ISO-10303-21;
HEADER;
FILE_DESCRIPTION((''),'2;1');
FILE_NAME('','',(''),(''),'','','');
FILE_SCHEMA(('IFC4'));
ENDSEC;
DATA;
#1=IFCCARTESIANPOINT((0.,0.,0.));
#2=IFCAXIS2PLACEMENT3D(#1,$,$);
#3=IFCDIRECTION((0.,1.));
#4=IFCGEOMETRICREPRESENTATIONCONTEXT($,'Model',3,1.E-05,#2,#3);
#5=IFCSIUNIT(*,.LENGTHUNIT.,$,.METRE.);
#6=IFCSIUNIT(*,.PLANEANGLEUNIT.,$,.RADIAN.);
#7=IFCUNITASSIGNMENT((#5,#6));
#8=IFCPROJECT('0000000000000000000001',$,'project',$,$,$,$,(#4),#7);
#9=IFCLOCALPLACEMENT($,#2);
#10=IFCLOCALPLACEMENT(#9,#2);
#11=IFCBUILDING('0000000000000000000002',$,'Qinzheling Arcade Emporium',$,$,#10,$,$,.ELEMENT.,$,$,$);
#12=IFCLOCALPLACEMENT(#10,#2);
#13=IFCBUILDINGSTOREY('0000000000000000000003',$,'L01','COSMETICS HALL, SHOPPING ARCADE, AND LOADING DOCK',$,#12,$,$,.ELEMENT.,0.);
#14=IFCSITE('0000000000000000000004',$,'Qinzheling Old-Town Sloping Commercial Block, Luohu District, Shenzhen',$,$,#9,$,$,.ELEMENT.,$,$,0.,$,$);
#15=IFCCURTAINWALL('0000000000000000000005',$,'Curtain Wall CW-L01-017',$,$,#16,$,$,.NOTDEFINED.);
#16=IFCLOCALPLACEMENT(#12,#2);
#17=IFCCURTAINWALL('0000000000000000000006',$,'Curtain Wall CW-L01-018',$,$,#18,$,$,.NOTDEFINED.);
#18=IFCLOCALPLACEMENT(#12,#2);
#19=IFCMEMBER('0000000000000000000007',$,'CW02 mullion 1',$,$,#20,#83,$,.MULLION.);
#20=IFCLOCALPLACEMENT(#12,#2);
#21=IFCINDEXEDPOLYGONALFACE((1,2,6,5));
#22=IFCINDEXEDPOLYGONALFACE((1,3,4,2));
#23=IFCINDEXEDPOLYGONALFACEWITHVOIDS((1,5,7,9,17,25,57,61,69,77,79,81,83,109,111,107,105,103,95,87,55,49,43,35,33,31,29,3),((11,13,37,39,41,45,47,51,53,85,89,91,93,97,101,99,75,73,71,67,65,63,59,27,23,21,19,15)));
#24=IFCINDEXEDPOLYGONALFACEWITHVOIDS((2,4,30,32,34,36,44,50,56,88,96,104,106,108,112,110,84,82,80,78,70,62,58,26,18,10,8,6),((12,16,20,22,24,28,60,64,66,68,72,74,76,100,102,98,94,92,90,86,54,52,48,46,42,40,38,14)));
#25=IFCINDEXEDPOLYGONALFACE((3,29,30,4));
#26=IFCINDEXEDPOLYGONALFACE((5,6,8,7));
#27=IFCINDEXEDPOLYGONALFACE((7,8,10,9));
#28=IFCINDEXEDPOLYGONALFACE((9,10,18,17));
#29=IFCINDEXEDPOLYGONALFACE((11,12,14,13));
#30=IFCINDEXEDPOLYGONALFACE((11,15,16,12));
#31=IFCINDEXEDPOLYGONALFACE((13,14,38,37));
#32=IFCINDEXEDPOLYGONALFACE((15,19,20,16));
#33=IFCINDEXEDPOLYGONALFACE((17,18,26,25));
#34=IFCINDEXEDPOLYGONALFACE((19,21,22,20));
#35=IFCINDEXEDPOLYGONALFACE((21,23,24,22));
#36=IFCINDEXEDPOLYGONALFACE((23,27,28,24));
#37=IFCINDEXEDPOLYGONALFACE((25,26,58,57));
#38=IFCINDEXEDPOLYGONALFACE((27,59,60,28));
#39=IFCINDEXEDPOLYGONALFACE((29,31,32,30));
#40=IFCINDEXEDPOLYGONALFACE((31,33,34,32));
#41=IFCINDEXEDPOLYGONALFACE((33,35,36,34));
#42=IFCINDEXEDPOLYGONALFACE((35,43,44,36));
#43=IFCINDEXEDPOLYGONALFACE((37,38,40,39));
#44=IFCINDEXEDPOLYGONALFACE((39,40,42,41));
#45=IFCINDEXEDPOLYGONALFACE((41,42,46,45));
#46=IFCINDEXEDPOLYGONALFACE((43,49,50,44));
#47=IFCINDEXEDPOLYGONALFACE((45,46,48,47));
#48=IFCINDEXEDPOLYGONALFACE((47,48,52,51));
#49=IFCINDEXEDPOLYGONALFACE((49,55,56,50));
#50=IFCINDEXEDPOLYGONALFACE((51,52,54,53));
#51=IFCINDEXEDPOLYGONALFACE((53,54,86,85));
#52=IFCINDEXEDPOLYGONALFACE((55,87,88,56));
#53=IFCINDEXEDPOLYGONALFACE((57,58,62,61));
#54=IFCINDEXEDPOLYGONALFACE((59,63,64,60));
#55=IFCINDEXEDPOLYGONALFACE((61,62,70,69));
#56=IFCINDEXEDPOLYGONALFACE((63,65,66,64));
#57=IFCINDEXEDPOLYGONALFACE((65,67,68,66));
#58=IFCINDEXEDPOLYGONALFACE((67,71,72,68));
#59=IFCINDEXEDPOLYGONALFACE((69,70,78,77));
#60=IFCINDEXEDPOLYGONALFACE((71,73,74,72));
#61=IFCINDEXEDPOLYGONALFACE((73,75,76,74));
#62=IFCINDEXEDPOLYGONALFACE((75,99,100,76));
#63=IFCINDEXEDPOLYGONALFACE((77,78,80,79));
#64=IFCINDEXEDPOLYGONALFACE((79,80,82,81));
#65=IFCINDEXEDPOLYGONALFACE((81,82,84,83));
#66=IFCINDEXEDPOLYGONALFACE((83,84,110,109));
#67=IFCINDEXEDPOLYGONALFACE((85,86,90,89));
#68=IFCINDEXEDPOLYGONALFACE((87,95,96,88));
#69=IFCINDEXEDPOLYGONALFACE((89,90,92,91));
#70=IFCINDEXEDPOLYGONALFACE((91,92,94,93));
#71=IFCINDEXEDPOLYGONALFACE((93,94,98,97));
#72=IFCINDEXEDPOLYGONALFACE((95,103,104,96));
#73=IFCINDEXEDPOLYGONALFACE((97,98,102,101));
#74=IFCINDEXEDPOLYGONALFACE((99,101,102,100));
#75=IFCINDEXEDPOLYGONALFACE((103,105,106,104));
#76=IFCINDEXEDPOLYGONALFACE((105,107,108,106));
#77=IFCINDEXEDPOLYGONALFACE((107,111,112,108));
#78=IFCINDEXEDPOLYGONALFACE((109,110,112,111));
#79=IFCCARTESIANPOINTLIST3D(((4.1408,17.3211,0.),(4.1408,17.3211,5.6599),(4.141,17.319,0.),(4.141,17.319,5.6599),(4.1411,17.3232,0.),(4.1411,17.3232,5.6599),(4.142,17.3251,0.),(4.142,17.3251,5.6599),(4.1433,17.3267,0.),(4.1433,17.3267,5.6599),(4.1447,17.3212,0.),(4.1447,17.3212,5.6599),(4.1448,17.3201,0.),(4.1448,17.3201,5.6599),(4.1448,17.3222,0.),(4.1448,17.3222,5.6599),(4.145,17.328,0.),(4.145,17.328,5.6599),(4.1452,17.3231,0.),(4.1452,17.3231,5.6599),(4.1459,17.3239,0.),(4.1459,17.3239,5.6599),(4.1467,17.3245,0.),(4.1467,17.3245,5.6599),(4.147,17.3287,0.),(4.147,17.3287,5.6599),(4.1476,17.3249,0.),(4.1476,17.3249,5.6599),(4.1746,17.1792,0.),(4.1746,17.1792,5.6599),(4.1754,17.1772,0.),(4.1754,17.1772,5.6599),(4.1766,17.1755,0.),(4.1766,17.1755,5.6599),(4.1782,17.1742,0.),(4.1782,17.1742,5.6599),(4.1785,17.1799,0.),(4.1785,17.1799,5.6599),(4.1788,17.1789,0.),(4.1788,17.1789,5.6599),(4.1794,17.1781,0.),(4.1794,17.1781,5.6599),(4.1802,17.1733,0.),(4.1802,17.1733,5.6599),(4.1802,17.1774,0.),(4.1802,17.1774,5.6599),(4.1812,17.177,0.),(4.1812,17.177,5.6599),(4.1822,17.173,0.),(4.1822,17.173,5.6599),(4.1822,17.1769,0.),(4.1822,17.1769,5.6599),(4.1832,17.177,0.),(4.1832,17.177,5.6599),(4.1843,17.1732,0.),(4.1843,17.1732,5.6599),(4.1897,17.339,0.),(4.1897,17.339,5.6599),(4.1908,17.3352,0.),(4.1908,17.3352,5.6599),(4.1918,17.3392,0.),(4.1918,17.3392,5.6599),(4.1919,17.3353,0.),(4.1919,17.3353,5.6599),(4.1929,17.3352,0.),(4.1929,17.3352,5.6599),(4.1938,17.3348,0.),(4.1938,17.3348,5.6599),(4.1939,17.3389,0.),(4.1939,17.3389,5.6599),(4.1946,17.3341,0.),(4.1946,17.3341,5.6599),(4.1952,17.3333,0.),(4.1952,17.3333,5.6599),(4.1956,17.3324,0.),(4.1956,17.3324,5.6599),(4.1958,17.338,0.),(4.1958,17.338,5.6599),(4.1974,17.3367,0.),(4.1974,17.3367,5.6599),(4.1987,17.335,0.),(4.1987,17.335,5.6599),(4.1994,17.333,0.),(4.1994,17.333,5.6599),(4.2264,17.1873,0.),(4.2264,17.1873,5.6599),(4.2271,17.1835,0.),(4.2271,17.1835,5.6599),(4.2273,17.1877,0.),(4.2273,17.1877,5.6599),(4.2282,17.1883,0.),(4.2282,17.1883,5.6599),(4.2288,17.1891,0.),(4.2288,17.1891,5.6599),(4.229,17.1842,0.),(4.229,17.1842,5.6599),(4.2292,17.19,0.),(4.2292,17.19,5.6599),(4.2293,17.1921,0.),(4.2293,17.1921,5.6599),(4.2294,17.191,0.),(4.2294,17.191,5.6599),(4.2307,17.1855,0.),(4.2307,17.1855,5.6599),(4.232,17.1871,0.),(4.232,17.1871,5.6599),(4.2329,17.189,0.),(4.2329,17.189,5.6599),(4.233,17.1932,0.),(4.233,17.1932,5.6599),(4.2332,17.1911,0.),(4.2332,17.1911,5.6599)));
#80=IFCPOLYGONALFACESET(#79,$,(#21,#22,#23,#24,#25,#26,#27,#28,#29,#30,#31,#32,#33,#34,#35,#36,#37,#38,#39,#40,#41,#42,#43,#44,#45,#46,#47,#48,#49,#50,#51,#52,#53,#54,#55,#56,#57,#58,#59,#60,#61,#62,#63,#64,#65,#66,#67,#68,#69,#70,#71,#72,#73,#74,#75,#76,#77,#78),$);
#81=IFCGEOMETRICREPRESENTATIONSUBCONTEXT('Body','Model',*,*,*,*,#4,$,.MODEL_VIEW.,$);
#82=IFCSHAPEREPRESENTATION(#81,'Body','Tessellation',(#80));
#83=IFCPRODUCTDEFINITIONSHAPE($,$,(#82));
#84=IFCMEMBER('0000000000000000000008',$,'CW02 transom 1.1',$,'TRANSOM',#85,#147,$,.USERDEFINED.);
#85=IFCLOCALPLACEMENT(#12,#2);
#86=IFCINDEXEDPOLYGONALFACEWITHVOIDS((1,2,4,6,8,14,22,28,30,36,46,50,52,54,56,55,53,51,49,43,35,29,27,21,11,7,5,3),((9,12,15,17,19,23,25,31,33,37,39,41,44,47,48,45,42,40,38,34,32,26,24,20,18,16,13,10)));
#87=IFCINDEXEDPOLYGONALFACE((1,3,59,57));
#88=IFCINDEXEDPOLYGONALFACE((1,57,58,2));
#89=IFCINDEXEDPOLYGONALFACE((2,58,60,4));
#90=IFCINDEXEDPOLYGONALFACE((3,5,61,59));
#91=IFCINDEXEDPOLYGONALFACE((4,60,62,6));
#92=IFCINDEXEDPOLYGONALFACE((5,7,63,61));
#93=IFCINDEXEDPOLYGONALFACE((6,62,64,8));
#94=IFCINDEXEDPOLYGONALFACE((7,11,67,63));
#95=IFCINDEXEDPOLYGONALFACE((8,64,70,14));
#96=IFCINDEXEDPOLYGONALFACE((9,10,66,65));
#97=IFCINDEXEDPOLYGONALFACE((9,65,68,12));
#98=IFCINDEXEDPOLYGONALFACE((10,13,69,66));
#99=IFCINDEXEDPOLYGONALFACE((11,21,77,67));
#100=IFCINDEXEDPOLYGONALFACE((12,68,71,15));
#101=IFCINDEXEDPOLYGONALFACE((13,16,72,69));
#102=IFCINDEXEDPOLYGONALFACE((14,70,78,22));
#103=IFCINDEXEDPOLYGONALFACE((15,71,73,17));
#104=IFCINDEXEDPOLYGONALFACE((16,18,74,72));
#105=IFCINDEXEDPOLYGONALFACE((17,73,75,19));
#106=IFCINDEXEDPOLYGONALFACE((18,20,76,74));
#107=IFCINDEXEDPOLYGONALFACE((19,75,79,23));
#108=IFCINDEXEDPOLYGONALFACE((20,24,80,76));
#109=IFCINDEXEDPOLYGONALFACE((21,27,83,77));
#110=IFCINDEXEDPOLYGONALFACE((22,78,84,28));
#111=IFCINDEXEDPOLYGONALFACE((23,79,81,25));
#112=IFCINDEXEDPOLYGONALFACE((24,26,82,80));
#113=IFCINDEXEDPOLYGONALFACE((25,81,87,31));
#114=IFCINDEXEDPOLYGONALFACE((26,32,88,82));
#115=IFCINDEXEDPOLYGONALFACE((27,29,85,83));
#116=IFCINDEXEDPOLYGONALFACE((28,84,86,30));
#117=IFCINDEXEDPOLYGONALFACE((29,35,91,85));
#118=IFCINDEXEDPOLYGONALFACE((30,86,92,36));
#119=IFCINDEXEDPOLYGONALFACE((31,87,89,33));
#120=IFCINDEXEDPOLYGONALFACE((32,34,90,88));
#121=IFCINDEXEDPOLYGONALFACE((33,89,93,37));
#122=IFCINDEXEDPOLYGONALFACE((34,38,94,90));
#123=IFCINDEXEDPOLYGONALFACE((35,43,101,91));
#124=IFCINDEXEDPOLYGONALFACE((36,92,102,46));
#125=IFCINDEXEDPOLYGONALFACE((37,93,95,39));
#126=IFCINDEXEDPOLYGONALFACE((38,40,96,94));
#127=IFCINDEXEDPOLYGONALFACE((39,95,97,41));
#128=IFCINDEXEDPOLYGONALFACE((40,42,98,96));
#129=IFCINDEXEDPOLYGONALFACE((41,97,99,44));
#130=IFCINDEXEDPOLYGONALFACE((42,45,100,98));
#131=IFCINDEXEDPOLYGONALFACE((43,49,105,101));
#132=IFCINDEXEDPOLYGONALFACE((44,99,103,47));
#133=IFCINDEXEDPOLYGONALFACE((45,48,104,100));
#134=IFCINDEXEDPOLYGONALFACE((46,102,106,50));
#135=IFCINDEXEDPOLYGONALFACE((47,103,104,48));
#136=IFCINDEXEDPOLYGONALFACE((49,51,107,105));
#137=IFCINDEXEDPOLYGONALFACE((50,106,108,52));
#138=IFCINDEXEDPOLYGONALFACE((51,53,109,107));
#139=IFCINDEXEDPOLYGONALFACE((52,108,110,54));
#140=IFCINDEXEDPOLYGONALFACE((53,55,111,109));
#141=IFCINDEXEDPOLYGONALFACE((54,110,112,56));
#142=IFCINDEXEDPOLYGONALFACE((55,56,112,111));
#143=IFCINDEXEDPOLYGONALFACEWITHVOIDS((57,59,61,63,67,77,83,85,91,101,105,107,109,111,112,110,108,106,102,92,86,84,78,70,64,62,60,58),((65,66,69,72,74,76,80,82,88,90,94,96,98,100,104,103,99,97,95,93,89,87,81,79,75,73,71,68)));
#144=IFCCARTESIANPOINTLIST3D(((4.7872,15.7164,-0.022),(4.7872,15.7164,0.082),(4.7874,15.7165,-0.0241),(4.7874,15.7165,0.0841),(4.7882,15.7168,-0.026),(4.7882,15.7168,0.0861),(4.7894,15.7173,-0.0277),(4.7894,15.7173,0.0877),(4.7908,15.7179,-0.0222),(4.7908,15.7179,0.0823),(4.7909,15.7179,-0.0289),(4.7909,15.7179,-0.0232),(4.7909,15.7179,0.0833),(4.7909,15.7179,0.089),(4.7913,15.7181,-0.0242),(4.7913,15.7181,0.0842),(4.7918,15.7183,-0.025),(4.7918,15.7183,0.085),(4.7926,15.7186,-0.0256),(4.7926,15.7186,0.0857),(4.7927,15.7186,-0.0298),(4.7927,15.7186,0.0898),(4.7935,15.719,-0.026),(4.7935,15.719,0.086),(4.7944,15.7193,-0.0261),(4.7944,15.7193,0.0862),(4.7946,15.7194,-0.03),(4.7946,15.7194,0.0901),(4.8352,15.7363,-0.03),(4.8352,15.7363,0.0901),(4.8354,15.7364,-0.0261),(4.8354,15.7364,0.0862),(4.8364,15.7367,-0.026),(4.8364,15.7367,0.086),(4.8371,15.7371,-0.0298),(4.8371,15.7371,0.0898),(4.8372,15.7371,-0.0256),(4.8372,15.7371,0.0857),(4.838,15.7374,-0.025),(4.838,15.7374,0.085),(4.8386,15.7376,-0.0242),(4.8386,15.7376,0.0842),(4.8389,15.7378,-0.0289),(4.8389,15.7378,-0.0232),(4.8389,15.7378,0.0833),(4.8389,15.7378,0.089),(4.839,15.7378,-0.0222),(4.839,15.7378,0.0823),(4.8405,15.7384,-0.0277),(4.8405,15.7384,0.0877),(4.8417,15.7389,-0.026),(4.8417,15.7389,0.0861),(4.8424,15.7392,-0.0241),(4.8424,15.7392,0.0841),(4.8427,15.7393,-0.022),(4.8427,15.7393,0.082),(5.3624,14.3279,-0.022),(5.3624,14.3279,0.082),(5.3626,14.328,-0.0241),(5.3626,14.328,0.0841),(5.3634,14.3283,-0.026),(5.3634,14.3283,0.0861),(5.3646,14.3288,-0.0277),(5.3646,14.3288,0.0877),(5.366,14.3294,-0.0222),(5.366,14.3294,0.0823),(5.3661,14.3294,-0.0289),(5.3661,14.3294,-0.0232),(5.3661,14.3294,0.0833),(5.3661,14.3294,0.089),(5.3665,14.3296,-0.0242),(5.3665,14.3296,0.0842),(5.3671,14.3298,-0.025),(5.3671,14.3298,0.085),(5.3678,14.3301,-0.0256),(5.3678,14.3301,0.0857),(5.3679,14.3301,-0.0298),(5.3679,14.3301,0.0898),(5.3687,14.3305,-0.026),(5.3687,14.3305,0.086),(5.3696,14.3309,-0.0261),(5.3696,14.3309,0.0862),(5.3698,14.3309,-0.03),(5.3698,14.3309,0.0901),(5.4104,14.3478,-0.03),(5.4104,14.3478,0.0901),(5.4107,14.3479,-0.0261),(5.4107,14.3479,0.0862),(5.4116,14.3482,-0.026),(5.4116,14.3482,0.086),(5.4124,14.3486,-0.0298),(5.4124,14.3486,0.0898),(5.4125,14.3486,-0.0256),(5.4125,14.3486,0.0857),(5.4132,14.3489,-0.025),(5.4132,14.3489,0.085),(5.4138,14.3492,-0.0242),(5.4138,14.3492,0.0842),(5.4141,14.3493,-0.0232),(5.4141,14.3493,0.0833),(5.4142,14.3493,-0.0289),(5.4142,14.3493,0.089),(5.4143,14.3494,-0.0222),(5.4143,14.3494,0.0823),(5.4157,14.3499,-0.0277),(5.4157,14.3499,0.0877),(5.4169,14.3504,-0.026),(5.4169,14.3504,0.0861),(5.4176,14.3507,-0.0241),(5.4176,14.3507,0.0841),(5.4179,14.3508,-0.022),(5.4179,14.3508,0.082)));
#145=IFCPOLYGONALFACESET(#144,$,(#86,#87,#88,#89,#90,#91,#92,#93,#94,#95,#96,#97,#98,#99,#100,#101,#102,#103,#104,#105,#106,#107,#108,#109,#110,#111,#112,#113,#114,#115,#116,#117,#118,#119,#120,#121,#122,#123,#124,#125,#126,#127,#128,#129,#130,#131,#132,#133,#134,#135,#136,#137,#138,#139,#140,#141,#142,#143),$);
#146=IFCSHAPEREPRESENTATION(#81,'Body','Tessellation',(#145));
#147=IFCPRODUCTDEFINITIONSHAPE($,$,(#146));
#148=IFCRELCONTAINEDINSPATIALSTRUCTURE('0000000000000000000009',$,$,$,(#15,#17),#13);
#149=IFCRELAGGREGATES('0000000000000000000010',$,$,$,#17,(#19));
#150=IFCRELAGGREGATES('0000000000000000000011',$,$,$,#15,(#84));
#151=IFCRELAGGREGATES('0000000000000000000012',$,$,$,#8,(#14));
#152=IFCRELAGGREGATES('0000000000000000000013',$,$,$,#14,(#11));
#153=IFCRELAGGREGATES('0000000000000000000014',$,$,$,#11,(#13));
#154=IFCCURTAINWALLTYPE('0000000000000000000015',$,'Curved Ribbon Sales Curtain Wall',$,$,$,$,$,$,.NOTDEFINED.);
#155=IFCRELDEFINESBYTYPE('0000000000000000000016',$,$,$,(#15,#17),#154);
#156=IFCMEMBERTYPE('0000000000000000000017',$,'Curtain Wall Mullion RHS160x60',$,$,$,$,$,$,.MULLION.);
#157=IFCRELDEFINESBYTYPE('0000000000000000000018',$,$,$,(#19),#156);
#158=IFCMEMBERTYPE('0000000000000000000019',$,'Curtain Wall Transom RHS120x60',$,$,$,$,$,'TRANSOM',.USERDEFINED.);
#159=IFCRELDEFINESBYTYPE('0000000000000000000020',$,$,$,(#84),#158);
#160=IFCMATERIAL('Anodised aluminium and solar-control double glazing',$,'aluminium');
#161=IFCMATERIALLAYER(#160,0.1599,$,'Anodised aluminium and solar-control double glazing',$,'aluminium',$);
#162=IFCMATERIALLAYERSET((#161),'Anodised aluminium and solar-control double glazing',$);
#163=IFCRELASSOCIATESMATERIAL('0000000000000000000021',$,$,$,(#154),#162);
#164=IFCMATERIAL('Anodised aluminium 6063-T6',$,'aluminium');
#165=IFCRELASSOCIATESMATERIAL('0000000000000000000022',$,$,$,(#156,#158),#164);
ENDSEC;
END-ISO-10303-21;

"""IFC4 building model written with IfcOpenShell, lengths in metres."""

from ifc_helpers import new_model, si_unit, direction, frame, origin, origin_2d, place, context, subcontext, project, spatial, hollow_rectangle, extrude, material, layer, layer_set, material_profile, profile_set, type_object, element, aggregate, save


model = new_model("IFC4")

# Units and contexts
model_context = context("Model", 3, precision=1e-05, world=origin(), true_north=direction((0.0, 1.0)))
body_context = subcontext(model_context, "Body", "Model", "MODEL_VIEW")
ifc_project = project(units=[si_unit("LENGTHUNIT", "METRE"), si_unit("PLANEANGLEUNIT", "RADIAN")], contexts=[model_context])

# Site, building, storey
site_placement = place(None, origin())
site = spatial("IfcSite", under=ifc_project, at=site_placement, Name="Qinzheling Old-Town Sloping Commercial Block, Luohu District, Shenzhen", CompositionType="ELEMENT", RefElevation=0.0)
building_placement = place(site_placement, origin())
building = spatial("IfcBuilding", under=site, at=building_placement, Name="Qinzheling Arcade Emporium", CompositionType="ELEMENT")
storey_placement = place(building_placement, origin())
storey = spatial("IfcBuildingStorey", under=building, at=storey_placement, Name="L01", Description="COSMETICS HALL, SHOPPING ARCADE, AND LOADING DOCK", CompositionType="ELEMENT", Elevation=0.0)

# Curtain wall
ifc_material_1 = material(Name="Anodised aluminium and solar-control double glazing", Category="aluminium")
ifc_layer_1 = layer(ifc_material_1, 0.1599, Name="Anodised aluminium and solar-control double glazing", Category="aluminium")
ifc_layer_set_1 = layer_set([ifc_layer_1], Name="Anodised aluminium and solar-control double glazing")
curtain_wall_type = type_object("IfcCurtainWallType", Name="Curved Ribbon Sales Curtain Wall", PredefinedType="NOTDEFINED", material=ifc_layer_set_1)
curtain_wall_1_placement = place(storey_placement, origin())
curtain_wall_1 = element("IfcCurtainWall", 1, at=curtain_wall_1_placement, inside=storey, type_object=curtain_wall_type, Name="Curtain Wall CW-L01-017", PredefinedType="NOTDEFINED")
ifc_material_2 = material(Name="Anodised aluminium 6063-T6", Category="aluminium")
ifc_material_profile_1 = material_profile(ifc_material_2, hollow_rectangle(XDim=0.0601, YDim=0.1599, WallThickness=0.0039, InnerFilletRadius=0.0039, OuterFilletRadius=0.0081, at=origin_2d()), Name="RHS 160x60x4", Category="aluminium")
ifc_profile_set_1 = profile_set([ifc_material_profile_1], Name="Anodised aluminium 6063-T6")
member_type_1 = type_object("IfcMemberType", Name="Curtain Wall Mullion RHS160x60", PredefinedType="MULLION", material=ifc_profile_set_1)

# Curtain wall, member
curtain_wall_2_placement = place(storey_placement, origin())
curtain_wall_2 = element("IfcCurtainWall", 2, at=curtain_wall_2_placement, inside=storey, type_object=curtain_wall_type, Name="Curtain Wall CW-L01-018", PredefinedType="NOTDEFINED")
member_1_placement = place(storey_placement, frame((4.187, 17.2561, 0.0), z_axis=(0.0, 0.0, 1.0), x_axis=(-0.972336, -0.233587, 0.0)))
member_1 = element("IfcMember", 3, at=member_1_placement, type_object=member_type_1, Name="CW02 mullion 1", PredefinedType="MULLION", context=body_context, shape_type="SweptSolid", body=[
    extrude(hollow_rectangle(XDim=0.0601, YDim=0.1599, WallThickness=0.0039, InnerFilletRadius=0.0039, OuterFilletRadius=0.0081, at=origin_2d()), origin(), (0.0, 0.0, 1.0), 5.6599),
])

# Member
ifc_material_profile_2 = material_profile(ifc_material_2, hollow_rectangle(XDim=0.0601, YDim=0.1201, WallThickness=0.0039, InnerFilletRadius=0.0039, OuterFilletRadius=0.0081, at=origin_2d()), Name="RHS 120x60x4", Category="aluminium")
ifc_profile_set_2 = profile_set([ifc_material_profile_2], Name="Anodised aluminium 6063-T6")
member_type_2 = type_object("IfcMemberType", Name="Curtain Wall Transom RHS120x60", ElementType="TRANSOM", PredefinedType="USERDEFINED", material=ifc_profile_set_2)
member_2_placement = place(storey_placement, frame((5.3901, 14.3394, 0.03), z_axis=(-0.382734, 0.923858, 0.0), x_axis=(-0.923858, -0.382734, 0.0)))
member_2 = element("IfcMember", 4, at=member_2_placement, type_object=member_type_2, Name="CW02 transom 1.1", ObjectType="TRANSOM", PredefinedType="USERDEFINED", context=body_context, shape_type="SweptSolid", body=[
    extrude(hollow_rectangle(XDim=0.0601, YDim=0.1201, WallThickness=0.0039, InnerFilletRadius=0.0039, OuterFilletRadius=0.0081, at=origin_2d()), origin(), (0.0, 0.0, 1.0), 1.5029),
])
aggregate(curtain_wall_2, [member_1])

aggregate(curtain_wall_1, [member_2])

save(model, "model.ifc")
